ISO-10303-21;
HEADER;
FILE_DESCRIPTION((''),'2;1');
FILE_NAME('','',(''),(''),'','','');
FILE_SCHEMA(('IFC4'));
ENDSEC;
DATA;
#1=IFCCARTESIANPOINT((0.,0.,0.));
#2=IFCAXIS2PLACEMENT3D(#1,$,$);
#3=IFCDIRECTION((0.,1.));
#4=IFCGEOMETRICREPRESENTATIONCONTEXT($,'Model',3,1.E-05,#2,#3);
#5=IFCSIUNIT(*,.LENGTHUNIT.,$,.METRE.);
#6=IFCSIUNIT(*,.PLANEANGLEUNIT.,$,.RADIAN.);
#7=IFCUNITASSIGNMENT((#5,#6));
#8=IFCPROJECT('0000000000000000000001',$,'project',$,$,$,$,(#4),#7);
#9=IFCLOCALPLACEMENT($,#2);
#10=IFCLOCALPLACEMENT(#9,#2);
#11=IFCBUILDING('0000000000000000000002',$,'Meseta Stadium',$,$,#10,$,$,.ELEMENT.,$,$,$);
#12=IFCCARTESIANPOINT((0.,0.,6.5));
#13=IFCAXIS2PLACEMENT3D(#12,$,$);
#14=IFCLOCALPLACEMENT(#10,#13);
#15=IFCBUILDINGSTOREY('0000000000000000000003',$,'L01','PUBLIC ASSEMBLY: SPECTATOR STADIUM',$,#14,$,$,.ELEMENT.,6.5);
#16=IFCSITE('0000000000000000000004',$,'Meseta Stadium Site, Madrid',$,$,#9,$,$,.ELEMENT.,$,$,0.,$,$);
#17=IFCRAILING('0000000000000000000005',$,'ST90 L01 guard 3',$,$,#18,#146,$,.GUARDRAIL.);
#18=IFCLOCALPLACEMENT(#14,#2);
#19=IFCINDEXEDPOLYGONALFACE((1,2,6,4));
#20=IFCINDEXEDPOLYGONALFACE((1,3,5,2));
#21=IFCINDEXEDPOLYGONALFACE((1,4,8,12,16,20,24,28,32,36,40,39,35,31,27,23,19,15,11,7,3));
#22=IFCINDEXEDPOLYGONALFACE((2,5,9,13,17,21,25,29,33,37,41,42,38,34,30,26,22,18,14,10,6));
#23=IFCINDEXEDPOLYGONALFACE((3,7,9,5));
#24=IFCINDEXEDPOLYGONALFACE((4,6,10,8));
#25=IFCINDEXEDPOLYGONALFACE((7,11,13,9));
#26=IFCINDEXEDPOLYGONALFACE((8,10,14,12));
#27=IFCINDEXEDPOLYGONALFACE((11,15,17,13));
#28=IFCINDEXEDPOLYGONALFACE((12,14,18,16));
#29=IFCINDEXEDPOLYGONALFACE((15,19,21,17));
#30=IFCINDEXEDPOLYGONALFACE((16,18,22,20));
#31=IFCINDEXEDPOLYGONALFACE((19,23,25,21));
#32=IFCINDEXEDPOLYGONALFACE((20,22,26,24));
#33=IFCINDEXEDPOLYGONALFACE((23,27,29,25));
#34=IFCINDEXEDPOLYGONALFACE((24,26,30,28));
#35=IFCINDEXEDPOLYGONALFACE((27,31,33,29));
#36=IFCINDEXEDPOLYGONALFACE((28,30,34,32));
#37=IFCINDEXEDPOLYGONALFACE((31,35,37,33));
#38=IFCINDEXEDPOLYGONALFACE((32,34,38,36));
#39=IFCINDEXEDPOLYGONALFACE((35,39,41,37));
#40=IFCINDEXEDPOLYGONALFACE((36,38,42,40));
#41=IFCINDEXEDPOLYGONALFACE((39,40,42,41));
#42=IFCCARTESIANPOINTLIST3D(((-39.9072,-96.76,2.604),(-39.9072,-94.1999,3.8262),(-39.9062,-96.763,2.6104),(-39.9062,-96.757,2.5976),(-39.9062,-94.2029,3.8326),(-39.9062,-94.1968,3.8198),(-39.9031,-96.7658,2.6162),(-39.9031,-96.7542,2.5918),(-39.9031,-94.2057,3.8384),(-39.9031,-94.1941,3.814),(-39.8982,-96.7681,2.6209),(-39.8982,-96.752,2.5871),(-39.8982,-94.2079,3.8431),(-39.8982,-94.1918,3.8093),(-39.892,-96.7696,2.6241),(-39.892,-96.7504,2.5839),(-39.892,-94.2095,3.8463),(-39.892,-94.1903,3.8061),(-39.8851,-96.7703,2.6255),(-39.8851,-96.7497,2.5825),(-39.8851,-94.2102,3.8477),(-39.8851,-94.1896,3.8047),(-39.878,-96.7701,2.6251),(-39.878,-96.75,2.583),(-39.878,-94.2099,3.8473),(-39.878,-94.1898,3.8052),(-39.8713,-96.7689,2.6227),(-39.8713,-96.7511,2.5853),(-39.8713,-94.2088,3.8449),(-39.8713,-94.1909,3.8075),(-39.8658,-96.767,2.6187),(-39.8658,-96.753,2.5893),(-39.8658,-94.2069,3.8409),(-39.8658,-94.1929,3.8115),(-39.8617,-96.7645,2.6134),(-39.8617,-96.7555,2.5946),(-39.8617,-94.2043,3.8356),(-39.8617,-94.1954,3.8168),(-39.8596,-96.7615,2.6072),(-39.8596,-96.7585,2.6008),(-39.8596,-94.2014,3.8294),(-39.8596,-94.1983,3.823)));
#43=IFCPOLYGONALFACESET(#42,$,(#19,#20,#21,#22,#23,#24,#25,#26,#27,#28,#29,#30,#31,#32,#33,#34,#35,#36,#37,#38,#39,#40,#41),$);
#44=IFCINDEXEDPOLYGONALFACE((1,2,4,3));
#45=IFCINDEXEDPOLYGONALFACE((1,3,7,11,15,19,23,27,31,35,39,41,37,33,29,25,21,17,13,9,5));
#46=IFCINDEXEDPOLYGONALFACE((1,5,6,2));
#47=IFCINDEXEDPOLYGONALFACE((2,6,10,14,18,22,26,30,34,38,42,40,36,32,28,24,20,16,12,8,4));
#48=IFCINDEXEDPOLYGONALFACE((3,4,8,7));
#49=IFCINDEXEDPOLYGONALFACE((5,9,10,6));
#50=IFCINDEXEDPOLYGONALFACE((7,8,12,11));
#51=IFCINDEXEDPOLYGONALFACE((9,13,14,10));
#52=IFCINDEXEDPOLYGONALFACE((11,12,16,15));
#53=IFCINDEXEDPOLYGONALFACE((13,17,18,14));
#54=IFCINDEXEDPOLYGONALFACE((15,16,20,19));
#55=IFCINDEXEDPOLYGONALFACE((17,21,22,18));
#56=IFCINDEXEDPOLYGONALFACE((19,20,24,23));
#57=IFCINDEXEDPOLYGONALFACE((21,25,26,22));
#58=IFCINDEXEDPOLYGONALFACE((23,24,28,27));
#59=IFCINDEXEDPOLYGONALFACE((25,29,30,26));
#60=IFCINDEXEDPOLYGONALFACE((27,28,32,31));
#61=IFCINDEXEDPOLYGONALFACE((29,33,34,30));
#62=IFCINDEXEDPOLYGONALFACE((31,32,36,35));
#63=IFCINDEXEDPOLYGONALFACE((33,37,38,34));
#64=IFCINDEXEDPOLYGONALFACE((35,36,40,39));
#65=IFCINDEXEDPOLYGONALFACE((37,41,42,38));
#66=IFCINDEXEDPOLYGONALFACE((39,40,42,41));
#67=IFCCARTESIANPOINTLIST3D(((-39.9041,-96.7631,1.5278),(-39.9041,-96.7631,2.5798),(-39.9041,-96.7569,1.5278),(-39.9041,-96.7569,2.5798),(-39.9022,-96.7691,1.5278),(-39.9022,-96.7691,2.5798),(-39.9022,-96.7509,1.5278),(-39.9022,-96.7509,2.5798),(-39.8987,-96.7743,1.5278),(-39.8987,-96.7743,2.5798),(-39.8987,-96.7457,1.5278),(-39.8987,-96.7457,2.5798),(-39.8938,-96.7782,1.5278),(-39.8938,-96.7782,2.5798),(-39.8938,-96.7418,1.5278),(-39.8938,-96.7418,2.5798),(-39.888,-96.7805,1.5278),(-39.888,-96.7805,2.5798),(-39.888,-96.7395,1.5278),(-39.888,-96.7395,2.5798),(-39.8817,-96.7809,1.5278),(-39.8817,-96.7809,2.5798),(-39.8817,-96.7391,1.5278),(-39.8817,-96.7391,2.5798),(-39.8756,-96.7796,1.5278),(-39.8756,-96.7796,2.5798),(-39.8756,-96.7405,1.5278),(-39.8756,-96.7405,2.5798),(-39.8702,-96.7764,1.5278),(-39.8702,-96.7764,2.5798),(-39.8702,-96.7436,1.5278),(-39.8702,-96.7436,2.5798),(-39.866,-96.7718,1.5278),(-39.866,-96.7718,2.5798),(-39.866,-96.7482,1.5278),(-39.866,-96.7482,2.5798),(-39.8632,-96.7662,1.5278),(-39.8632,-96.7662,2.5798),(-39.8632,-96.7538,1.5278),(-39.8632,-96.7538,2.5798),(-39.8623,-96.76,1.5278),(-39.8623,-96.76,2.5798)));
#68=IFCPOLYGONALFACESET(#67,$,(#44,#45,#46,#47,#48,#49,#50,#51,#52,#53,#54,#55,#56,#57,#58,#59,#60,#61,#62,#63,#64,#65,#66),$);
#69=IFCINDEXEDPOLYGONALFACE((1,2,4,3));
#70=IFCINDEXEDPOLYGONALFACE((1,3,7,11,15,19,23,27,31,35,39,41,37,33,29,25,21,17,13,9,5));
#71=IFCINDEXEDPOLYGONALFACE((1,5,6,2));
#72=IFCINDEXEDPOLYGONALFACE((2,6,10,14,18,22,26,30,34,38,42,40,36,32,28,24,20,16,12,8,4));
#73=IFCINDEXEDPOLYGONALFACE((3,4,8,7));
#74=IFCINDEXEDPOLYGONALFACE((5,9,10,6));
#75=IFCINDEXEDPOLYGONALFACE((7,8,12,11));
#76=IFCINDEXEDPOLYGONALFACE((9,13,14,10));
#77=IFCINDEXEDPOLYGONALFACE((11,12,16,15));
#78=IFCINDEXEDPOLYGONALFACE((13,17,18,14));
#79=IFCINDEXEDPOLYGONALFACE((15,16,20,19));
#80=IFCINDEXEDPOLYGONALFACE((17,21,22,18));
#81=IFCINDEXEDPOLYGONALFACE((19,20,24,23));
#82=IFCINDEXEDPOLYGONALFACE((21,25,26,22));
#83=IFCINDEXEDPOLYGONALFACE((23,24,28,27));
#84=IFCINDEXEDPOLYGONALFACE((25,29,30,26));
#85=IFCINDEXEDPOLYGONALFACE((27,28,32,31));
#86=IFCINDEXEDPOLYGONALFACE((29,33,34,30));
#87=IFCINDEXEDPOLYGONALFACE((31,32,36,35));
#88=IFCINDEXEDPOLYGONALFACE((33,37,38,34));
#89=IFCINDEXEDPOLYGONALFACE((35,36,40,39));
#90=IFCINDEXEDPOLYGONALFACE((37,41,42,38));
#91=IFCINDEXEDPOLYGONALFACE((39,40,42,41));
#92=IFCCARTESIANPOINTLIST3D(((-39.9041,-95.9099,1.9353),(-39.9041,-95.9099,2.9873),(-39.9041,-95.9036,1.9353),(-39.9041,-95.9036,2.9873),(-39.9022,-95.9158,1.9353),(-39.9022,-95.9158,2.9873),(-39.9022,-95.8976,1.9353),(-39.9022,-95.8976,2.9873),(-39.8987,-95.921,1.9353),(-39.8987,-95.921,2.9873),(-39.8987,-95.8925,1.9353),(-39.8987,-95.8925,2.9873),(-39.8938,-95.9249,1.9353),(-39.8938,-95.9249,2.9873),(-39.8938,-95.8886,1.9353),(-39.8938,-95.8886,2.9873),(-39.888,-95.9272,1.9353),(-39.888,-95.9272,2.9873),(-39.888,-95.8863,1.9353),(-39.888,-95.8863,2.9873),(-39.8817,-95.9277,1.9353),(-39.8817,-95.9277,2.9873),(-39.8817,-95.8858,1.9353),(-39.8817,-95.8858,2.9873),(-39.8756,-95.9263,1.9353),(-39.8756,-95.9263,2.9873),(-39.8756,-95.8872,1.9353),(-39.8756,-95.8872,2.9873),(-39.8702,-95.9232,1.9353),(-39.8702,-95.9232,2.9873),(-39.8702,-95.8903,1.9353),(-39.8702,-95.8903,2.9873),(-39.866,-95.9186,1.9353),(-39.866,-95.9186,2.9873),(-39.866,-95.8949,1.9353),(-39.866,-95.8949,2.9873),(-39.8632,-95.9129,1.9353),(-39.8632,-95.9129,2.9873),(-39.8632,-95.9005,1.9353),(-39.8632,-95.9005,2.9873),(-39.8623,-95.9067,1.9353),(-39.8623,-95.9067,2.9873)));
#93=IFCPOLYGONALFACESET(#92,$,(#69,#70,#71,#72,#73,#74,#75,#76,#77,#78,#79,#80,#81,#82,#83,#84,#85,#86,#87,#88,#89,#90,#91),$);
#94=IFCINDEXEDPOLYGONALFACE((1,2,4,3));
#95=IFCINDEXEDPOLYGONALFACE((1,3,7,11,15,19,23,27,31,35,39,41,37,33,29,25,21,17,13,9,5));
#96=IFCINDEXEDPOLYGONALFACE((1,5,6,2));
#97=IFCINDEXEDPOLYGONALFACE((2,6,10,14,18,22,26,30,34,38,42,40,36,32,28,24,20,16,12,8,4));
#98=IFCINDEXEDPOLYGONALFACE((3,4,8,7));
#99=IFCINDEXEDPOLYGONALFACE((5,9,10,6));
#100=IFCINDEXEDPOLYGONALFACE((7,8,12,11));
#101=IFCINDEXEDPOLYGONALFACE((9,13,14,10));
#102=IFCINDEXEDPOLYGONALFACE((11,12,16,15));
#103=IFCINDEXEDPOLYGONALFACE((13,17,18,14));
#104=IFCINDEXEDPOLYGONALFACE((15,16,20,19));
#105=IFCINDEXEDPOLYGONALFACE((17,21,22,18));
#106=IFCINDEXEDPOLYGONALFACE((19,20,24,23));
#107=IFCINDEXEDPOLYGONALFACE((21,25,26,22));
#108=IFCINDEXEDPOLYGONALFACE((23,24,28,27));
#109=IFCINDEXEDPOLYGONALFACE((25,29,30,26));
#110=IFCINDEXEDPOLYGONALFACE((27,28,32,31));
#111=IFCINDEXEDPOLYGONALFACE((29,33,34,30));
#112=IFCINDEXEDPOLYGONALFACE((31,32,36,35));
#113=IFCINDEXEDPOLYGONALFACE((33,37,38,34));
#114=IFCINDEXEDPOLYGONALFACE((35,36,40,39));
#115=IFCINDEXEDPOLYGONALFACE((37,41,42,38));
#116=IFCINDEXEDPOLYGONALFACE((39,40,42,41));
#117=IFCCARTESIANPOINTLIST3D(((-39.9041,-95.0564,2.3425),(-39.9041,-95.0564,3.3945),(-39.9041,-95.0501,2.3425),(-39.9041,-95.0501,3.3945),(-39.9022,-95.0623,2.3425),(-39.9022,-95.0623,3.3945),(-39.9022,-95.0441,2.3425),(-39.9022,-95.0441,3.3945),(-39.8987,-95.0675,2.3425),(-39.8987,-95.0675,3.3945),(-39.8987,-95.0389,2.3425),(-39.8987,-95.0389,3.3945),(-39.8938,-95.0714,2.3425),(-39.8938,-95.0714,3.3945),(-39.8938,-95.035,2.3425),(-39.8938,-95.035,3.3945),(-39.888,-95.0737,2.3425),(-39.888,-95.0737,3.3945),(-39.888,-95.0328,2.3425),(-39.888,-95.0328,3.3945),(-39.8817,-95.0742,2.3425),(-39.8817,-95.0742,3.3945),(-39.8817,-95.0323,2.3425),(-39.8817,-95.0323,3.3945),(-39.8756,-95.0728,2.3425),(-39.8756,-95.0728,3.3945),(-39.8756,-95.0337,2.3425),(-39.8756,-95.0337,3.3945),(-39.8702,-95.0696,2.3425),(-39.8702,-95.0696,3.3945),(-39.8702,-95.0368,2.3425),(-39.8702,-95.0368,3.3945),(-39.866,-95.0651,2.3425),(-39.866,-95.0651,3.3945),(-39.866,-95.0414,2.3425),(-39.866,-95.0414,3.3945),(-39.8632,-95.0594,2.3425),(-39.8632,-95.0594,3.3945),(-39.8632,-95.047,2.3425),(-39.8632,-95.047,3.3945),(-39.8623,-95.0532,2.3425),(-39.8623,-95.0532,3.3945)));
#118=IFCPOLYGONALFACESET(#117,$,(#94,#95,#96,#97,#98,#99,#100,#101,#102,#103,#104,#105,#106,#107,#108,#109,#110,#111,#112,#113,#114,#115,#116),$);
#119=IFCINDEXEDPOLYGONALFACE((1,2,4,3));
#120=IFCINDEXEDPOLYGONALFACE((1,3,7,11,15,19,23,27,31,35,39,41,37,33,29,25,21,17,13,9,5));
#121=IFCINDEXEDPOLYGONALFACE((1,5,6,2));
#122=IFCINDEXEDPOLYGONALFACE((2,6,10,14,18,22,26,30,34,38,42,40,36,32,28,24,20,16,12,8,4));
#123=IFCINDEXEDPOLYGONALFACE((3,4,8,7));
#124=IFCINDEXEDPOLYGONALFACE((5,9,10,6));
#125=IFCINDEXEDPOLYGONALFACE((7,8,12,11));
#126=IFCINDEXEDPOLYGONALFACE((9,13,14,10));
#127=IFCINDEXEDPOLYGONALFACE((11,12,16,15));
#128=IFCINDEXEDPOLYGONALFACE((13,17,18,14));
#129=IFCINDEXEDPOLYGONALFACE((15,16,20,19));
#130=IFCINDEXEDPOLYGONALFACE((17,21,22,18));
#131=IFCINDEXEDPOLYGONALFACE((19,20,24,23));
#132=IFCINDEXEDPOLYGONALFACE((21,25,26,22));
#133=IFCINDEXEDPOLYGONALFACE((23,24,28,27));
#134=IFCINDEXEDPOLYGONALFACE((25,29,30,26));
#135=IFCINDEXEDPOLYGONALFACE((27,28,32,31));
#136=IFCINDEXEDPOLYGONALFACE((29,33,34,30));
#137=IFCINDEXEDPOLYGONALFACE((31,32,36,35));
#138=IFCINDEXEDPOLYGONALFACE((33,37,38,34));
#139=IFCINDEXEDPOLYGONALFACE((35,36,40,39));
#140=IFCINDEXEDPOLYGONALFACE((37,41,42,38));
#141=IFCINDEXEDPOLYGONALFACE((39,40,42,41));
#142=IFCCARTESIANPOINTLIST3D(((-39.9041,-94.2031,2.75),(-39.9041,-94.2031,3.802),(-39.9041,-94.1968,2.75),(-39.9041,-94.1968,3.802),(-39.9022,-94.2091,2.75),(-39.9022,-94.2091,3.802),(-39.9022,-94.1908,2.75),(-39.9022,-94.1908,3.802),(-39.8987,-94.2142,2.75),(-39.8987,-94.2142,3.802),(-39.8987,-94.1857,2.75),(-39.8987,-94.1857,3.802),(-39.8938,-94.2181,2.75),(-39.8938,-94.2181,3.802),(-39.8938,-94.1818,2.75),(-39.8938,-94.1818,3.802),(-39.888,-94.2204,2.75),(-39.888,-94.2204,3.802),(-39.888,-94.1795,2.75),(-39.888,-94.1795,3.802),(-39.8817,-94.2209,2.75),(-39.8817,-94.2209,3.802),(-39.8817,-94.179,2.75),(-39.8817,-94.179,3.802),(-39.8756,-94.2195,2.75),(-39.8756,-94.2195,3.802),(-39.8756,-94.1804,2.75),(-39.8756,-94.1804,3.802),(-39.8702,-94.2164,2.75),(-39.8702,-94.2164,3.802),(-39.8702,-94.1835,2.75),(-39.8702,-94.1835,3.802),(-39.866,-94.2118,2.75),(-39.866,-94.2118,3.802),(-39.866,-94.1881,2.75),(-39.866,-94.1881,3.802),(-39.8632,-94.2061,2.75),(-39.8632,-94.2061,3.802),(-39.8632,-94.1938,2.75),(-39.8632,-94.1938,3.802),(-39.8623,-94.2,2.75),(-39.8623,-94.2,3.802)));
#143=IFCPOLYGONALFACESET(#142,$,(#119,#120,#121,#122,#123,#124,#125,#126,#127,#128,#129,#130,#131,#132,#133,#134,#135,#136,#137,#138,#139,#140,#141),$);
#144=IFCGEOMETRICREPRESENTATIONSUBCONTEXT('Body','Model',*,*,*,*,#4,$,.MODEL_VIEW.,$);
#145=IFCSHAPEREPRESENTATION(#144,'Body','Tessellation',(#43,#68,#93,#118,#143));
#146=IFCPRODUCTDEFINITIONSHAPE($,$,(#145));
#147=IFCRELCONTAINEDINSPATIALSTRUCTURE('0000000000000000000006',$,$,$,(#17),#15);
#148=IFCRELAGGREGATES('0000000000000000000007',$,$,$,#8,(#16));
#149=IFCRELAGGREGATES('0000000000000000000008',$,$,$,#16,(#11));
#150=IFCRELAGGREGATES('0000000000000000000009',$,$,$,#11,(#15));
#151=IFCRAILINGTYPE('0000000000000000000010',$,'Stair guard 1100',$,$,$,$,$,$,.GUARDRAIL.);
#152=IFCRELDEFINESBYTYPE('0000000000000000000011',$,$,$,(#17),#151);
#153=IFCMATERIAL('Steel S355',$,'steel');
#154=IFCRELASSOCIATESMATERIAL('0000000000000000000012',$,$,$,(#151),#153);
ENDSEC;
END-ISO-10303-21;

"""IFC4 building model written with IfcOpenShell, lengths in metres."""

from ifc_helpers import new_model, si_unit, direction, frame, origin, origin_2d, place, context, subcontext, project, spatial, circle, extrude, material, type_object, element, save


model = new_model("IFC4")

# Units and contexts
model_context = context("Model", 3, precision=1e-05, world=origin(), true_north=direction((0.0, 1.0)))
body_context = subcontext(model_context, "Body", "Model", "MODEL_VIEW")
ifc_project = project(units=[si_unit("LENGTHUNIT", "METRE"), si_unit("PLANEANGLEUNIT", "RADIAN")], contexts=[model_context])

# Site, building, storey
site_placement = place(None, origin())
site = spatial("IfcSite", under=ifc_project, at=site_placement, Name="Meseta Stadium Site, Madrid", CompositionType="ELEMENT", RefElevation=0.0)
building_placement = place(site_placement, origin())
building = spatial("IfcBuilding", under=site, at=building_placement, Name="Meseta Stadium", CompositionType="ELEMENT")
storey_placement = place(building_placement, frame((0.0, 0.0, 6.5)))
storey = spatial("IfcBuildingStorey", under=building, at=storey_placement, Name="L01", Description="PUBLIC ASSEMBLY: SPECTATOR STADIUM", CompositionType="ELEMENT", Elevation=6.5)

# Railing
ifc_material_1 = material(Name="Steel S355", Category="steel")
railing_type_1 = type_object("IfcRailingType", Name="Stair guard 1100", PredefinedType="GUARDRAIL", material=ifc_material_1)
railing_1_placement = place(storey_placement, frame((-39.8833, -96.76, 1.5278)))
element("IfcRailing", 1, at=railing_1_placement, inside=storey, type_object=railing_type_1, Name="ST90 L01 guard 3", PredefinedType="GUARDRAIL", context=body_context, shape_type="SweptSolid", body=[
    extrude(circle(Radius=0.0239, at=origin_2d()), frame((0.0, 0.0, 1.0762), z_axis=(0.0, 0.902437, 0.430822), x_axis=(-1.0, 0.0, 0.0)), (0.0, 0.0, 1.0), 2.8369),
    extrude(circle(Radius=0.021, at=origin_2d()), origin(), (0.0, 0.0, 1.0), 1.052),
    extrude(circle(Radius=0.021, at=origin_2d()), frame((0.0, 0.8533, 0.4075)), (0.0, 0.0, 1.0), 1.052),
    extrude(circle(Radius=0.021, at=origin_2d()), frame((0.0, 1.7068, 0.8147)), (0.0, 0.0, 1.0), 1.052),
    extrude(circle(Radius=0.021, at=origin_2d()), frame((0.0, 2.5601, 1.2222)), (0.0, 0.0, 1.0), 1.052),
])

save(model, "model.ifc")
